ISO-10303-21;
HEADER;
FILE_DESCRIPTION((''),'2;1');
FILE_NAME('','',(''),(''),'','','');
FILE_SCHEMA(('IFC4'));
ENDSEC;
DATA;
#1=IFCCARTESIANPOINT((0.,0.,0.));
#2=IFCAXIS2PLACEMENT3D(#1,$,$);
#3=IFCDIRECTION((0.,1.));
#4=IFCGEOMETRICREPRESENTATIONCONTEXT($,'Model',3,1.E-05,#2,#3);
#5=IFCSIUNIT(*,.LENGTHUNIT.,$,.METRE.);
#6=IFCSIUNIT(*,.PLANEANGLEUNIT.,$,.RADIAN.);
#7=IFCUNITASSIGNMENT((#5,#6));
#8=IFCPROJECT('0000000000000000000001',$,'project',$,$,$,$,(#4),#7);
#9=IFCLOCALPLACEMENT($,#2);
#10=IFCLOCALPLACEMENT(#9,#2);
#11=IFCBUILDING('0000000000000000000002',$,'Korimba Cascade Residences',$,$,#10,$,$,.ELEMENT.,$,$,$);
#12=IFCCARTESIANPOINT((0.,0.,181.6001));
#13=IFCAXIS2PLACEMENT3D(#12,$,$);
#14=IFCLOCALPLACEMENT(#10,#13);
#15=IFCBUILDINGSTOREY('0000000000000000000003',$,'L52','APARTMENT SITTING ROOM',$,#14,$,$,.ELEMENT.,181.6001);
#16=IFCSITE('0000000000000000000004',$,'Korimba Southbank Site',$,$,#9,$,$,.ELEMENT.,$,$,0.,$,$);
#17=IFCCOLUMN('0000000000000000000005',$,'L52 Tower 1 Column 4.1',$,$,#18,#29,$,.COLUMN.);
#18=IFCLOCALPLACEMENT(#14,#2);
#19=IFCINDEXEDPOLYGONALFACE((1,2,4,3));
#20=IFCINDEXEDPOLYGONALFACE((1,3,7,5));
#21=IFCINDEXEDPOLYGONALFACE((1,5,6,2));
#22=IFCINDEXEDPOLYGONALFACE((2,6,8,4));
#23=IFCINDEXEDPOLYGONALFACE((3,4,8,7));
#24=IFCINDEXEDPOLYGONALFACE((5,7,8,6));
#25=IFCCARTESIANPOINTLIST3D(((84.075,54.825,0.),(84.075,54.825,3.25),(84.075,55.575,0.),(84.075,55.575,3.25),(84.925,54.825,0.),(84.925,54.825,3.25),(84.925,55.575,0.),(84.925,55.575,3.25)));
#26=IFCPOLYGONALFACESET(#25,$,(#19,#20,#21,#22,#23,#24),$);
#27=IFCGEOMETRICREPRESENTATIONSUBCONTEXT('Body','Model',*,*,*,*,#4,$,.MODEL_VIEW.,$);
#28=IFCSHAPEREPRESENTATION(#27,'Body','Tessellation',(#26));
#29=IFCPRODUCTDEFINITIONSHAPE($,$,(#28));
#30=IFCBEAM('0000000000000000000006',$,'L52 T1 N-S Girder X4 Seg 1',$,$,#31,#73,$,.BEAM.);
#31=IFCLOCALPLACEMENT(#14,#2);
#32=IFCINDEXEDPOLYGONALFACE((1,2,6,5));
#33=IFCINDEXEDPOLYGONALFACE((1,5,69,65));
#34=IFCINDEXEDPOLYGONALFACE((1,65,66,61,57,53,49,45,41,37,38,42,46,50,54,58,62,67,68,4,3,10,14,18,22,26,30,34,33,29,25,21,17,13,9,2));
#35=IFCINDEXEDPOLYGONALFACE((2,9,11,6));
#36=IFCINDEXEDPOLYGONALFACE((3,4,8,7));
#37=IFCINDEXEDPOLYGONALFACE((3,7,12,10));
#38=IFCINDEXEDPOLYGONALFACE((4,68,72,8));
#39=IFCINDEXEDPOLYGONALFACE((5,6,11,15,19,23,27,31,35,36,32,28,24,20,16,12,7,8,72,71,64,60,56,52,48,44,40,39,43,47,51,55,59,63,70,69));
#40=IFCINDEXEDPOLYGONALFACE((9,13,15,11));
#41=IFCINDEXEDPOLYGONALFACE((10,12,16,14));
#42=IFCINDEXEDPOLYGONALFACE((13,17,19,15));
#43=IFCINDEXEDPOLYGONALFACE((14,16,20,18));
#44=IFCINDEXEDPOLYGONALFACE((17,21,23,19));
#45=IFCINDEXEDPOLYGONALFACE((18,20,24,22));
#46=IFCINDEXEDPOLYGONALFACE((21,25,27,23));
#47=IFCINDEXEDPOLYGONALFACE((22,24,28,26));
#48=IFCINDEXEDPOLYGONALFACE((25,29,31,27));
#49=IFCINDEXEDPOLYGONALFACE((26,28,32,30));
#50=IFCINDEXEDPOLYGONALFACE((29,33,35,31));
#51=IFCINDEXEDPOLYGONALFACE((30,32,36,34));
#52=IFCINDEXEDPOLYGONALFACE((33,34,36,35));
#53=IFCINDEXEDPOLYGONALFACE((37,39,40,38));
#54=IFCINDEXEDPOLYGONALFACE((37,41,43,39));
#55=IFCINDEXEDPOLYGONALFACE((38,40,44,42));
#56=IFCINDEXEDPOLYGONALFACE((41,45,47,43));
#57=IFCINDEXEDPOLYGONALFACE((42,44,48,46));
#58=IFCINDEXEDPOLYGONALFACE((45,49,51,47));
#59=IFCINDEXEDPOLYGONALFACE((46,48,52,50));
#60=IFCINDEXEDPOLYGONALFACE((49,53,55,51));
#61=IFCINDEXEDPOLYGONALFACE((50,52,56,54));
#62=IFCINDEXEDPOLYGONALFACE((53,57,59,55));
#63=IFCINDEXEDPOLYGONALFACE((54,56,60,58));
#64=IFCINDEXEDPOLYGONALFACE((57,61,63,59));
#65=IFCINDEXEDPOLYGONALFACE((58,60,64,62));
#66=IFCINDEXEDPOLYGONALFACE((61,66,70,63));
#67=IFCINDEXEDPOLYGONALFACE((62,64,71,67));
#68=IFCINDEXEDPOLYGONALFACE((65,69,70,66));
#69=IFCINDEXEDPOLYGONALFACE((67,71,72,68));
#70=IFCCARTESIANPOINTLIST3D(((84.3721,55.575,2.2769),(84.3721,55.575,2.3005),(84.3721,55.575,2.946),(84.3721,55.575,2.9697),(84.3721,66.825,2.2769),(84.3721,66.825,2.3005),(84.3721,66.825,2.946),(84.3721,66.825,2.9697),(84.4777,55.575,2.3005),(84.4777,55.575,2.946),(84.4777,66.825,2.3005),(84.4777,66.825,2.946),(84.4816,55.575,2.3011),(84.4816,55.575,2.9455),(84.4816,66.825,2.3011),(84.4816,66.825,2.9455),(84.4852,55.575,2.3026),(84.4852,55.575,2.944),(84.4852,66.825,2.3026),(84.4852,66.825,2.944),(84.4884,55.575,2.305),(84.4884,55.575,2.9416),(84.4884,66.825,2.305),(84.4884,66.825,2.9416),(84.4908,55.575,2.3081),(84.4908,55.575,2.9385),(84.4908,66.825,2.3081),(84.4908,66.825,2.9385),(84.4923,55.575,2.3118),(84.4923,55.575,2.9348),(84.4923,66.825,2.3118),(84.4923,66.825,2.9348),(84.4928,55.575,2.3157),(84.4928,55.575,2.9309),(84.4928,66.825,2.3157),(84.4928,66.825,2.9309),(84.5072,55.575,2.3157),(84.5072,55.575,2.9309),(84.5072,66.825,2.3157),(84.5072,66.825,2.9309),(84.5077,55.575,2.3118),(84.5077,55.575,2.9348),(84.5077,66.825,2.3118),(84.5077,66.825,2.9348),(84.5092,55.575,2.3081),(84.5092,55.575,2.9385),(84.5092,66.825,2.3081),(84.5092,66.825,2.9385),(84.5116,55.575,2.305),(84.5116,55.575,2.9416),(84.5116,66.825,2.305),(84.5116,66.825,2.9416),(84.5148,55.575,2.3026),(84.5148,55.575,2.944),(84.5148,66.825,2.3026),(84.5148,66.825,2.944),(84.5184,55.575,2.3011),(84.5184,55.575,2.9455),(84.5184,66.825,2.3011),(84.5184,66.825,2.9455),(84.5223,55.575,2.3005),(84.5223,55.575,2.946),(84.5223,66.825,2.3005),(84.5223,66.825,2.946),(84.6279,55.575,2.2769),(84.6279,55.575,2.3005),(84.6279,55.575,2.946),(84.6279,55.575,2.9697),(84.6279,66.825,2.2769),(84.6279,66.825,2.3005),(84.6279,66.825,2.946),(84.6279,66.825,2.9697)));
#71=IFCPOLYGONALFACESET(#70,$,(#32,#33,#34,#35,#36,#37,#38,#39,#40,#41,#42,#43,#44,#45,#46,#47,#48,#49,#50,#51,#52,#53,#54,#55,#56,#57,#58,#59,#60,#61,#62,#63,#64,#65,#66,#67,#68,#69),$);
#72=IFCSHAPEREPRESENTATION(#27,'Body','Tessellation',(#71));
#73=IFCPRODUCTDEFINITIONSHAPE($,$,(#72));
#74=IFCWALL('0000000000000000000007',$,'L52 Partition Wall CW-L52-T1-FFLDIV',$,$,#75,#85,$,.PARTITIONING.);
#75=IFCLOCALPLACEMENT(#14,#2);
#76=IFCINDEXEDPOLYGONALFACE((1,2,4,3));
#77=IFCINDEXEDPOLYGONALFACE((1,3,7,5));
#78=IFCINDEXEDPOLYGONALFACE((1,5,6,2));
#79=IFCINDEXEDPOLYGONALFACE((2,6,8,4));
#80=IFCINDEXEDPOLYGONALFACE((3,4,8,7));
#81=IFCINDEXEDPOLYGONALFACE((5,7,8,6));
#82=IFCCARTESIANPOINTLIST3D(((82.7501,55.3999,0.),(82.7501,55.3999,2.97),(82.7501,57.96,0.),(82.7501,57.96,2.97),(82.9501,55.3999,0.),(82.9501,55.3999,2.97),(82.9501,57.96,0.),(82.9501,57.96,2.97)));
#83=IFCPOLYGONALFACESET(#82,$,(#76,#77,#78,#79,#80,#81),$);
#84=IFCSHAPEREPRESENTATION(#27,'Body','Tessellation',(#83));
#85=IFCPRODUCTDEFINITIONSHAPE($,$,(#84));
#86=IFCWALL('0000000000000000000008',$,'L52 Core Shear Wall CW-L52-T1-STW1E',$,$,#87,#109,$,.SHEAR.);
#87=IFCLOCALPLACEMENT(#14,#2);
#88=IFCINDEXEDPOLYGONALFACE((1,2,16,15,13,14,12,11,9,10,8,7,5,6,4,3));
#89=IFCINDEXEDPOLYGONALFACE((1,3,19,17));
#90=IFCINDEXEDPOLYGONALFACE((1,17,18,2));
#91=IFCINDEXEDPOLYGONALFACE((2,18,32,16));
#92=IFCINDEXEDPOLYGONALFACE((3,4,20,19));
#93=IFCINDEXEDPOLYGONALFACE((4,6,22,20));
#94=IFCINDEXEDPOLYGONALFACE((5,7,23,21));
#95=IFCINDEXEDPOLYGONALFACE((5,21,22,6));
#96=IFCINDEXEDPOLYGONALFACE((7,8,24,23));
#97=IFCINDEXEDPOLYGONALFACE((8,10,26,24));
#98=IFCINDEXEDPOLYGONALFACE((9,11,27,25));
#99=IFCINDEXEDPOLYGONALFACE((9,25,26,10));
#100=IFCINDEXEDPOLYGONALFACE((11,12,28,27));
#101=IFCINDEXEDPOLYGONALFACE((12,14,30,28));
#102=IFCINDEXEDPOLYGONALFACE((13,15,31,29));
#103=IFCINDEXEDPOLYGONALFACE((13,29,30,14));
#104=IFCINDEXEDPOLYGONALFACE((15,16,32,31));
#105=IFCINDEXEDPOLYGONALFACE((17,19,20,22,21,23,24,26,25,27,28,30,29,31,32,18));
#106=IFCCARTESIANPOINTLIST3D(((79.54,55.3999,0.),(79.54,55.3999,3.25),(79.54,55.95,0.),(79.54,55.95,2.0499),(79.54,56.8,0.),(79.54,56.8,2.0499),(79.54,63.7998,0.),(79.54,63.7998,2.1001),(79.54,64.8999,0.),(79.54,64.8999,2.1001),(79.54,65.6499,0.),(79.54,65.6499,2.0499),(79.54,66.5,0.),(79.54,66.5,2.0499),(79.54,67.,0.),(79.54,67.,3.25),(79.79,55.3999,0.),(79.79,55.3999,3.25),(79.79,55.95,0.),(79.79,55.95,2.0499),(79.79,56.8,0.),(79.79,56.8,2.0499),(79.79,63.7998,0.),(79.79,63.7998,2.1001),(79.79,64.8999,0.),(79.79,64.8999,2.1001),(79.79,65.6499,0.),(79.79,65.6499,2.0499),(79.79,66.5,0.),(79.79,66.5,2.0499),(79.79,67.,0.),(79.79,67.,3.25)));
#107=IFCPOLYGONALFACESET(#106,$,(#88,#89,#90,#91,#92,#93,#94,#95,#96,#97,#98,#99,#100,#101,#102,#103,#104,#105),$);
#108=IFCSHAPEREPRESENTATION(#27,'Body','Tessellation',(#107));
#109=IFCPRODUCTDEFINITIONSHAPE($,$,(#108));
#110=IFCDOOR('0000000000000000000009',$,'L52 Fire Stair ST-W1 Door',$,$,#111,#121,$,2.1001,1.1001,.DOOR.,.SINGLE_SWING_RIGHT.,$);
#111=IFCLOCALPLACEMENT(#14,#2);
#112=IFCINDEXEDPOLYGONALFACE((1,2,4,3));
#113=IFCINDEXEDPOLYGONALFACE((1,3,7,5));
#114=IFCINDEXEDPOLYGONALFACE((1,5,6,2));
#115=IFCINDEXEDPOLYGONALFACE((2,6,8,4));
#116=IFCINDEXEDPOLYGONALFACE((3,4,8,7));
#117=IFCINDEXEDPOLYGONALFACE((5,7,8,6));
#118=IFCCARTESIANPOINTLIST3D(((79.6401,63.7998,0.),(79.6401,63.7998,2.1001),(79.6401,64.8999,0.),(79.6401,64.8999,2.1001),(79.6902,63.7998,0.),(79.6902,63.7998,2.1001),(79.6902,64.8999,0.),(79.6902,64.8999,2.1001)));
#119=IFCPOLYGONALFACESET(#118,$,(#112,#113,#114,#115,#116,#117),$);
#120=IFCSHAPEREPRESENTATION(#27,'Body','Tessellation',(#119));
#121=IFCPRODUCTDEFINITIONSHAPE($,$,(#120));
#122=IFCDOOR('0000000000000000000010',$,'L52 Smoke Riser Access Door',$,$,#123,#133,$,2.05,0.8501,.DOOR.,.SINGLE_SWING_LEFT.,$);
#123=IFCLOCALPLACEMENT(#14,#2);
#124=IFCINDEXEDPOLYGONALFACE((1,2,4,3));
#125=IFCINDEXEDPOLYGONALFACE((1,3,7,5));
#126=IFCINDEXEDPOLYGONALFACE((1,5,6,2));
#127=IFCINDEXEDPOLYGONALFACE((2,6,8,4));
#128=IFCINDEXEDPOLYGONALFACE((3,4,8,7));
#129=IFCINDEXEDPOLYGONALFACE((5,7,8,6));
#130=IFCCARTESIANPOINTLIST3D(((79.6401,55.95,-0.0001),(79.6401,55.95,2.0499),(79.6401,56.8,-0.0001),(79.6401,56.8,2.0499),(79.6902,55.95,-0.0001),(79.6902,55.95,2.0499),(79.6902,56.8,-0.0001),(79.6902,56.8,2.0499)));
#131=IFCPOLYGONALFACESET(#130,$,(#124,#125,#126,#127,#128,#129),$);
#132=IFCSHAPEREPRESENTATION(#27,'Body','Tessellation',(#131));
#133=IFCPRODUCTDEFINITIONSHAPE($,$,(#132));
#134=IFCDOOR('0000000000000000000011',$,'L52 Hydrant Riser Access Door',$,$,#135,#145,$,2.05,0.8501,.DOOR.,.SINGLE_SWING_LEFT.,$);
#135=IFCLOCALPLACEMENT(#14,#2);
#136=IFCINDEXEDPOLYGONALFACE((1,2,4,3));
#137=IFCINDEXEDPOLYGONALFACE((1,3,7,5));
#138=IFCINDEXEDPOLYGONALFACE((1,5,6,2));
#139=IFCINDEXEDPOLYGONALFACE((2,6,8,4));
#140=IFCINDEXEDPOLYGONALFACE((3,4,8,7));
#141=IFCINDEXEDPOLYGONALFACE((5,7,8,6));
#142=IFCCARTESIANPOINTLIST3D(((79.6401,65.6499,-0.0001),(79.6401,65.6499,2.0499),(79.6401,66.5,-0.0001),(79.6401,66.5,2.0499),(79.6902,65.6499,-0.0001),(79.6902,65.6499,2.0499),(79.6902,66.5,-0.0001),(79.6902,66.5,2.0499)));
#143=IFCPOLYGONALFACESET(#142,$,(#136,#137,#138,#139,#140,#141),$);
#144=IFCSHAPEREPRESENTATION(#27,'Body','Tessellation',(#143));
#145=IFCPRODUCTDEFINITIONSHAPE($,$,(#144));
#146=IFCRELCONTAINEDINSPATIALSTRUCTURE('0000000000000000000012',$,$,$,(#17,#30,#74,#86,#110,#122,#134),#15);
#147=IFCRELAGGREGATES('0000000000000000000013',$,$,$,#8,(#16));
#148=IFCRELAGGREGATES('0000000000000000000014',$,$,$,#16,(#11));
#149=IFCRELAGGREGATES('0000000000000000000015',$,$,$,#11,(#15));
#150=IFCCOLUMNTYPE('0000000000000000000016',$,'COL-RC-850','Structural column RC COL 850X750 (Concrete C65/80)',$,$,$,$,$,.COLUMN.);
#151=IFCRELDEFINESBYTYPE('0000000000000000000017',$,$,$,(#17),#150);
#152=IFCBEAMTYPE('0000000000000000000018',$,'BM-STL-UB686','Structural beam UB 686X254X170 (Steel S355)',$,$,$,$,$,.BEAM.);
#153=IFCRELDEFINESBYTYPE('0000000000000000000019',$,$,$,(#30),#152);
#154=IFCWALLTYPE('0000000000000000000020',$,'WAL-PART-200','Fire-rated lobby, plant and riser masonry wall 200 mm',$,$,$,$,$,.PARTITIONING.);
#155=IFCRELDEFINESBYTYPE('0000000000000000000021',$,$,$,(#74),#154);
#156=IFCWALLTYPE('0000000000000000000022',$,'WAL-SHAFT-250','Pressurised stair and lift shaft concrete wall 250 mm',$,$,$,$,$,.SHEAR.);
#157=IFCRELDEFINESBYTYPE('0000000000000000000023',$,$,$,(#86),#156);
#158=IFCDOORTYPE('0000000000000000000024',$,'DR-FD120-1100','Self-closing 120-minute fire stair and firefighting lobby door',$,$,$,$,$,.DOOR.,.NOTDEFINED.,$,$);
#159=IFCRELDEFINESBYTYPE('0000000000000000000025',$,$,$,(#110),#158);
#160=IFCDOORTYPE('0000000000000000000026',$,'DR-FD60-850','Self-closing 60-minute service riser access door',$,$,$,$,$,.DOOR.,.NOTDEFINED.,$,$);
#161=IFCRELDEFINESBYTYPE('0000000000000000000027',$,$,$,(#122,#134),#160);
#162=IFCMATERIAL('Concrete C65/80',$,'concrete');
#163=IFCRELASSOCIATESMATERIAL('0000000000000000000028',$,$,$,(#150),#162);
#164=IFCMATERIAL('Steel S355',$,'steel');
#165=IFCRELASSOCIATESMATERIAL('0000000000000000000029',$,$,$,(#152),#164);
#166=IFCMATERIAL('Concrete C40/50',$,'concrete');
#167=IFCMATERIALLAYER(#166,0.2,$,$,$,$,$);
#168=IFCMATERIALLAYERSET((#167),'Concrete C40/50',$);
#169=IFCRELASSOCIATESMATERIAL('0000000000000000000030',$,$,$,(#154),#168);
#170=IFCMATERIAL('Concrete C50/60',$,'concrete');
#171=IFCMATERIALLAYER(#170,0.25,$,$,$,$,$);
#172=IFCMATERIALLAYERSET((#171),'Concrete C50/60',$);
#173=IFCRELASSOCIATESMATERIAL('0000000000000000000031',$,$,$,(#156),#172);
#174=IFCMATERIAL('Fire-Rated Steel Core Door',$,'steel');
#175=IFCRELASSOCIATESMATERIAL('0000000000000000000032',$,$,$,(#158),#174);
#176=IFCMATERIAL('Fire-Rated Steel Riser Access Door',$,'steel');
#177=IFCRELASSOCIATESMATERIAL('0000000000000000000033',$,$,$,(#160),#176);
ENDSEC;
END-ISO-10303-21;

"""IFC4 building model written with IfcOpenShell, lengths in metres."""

from ifc_helpers import new_model, si_unit, direction, frame, frame_2d, origin, origin_2d, place, context, subcontext, project, spatial, rectangle, i_section, extrude, material, layer, layer_set, material_profile, profile_set, type_object, element, fill, save


model = new_model("IFC4")

# Units and contexts
model_context = context("Model", 3, precision=1e-05, world=origin(), true_north=direction((0.0, 1.0)))
body_context = subcontext(model_context, "Body", "Model", "MODEL_VIEW")
ifc_project = project(units=[si_unit("LENGTHUNIT", "METRE"), si_unit("PLANEANGLEUNIT", "RADIAN")], contexts=[model_context])

# Site, building, storey
site_placement = place(None, origin())
site = spatial("IfcSite", under=ifc_project, at=site_placement, Name="Korimba Southbank Site", CompositionType="ELEMENT", RefElevation=0.0)
building_placement = place(site_placement, origin())
building = spatial("IfcBuilding", under=site, at=building_placement, Name="Korimba Cascade Residences", CompositionType="ELEMENT")
storey_placement = place(building_placement, frame((0.0, 0.0, 181.6001)))
storey = spatial("IfcBuildingStorey", under=building, at=storey_placement, Name="L52", Description="APARTMENT SITTING ROOM", CompositionType="ELEMENT", Elevation=181.6001)

# Column
ifc_material_1 = material(Name="Concrete C65/80", Category="concrete")
ifc_material_profile_1 = material_profile(ifc_material_1, rectangle(XDim=0.8501, YDim=0.75, at=origin_2d()), Name="Concrete C65/80")
ifc_profile_set_1 = profile_set([ifc_material_profile_1], Name="Concrete C65/80")
column_type = type_object("IfcColumnType", Name="COL-RC-850", Description="Structural column RC COL 850X750 (Concrete C65/80)", PredefinedType="COLUMN", material=ifc_profile_set_1)
column_placement = place(storey_placement, frame((84.5, 55.2, 0.0), z_axis=(0.0, 0.0, 1.0), x_axis=(1.0, 0.0, 0.0)))
element("IfcColumn", 1, at=column_placement, inside=storey, type_object=column_type, Name="L52 Tower 1 Column 4.1", PredefinedType="COLUMN", context=body_context, shape_type="SweptSolid", body=[
    extrude(rectangle(XDim=0.8501, YDim=0.75, at=origin_2d()), origin(), (0.0, 0.0, 1.0), 3.25),
])

# Beam
ifc_material_2 = material(Name="Steel S355", Category="steel")
ifc_material_profile_2 = material_profile(ifc_material_2, i_section(OverallWidth=0.2559, OverallDepth=0.6929, WebThickness=0.0144, FlangeThickness=0.0237, FilletRadius=0.0151, at=origin_2d()), Name="Steel S355")
ifc_profile_set_2 = profile_set([ifc_material_profile_2], Name="Steel S355")
beam_type = type_object("IfcBeamType", Name="BM-STL-UB686", Description="Structural beam UB 686X254X170 (Steel S355)", PredefinedType="BEAM", material=ifc_profile_set_2)
beam_placement = place(storey_placement, frame((84.5, 55.575, 2.6233), z_axis=(0.0, 1.0, 0.0), x_axis=(-1.0, 0.0, 0.0)))
element("IfcBeam", 2, at=beam_placement, inside=storey, type_object=beam_type, Name="L52 T1 N-S Girder X4 Seg 1", PredefinedType="BEAM", context=body_context, shape_type="SweptSolid", body=[
    extrude(i_section(OverallWidth=0.2559, OverallDepth=0.6929, WebThickness=0.0144, FlangeThickness=0.0237, FilletRadius=0.0151, at=origin_2d()), origin(), (0.0, 0.0, 1.0), 11.25),
])

# Wall
ifc_material_3 = material(Name="Concrete C40/50", Category="concrete")
ifc_layer_1 = layer(ifc_material_3, 0.2)
ifc_layer_set_1 = layer_set([ifc_layer_1], Name="Concrete C40/50")
wall_type_1 = type_object("IfcWallType", Name="WAL-PART-200", Description="Fire-rated lobby, plant and riser masonry wall 200 mm", PredefinedType="PARTITIONING", material=ifc_layer_set_1)
wall_1_placement = place(storey_placement, frame((82.8501, 55.3999, 0.0), z_axis=(0.0, 0.0, 1.0), x_axis=(0.0, 1.0, 0.0)))
element("IfcWall", 3, at=wall_1_placement, inside=storey, type_object=wall_type_1, Name="L52 Partition Wall CW-L52-T1-FFLDIV", PredefinedType="PARTITIONING", context=body_context, shape_type="SweptSolid", body=[
    extrude(rectangle(XDim=2.5601, YDim=0.2, at=frame_2d((1.28, 0.0))), origin(), (0.0, 0.0, 1.0), 2.97),
])

# Wall, openings, doors
ifc_material_4 = material(Name="Concrete C50/60", Category="concrete")
ifc_layer_2 = layer(ifc_material_4, 0.25)
ifc_layer_set_2 = layer_set([ifc_layer_2], Name="Concrete C50/60")
wall_type_2 = type_object("IfcWallType", Name="WAL-SHAFT-250", Description="Pressurised stair and lift shaft concrete wall 250 mm", PredefinedType="SHEAR", material=ifc_layer_set_2)
wall_2_placement = place(storey_placement, frame((79.665, 55.3999, 0.0), z_axis=(0.0, 0.0, 1.0), x_axis=(0.0, 1.0, 0.0)))
wall_2 = element("IfcWall", 4, at=wall_2_placement, inside=storey, type_object=wall_type_2, Name="L52 Core Shear Wall CW-L52-T1-STW1E", PredefinedType="SHEAR", context=body_context, shape_type="SweptSolid", body=[
    extrude(rectangle(XDim=11.6001, YDim=0.25, at=frame_2d((5.8, 0.0))), origin(), (0.0, 0.0, 1.0), 3.25),
])
opening_1_placement = place(wall_2_placement, frame((0.55, 0.0, 0.0)))
opening_1 = element("IfcOpeningElement", 5, at=opening_1_placement, cuts=wall_2, PredefinedType="OPENING", context=body_context, shape_type="SweptSolid", body=[
    extrude(rectangle(XDim=0.8501, YDim=2.05, at=frame_2d((0.425, 1.0249))), frame((0.0, 0.135, 0.0), z_axis=(0.0, -1.0, 0.0), x_axis=(1.0, 0.0, 0.0)), (0.0, 0.0, 1.0), 0.27),
])
opening_2_placement = place(wall_2_placement, frame((8.3999, 0.0, 0.0)))
opening_2 = element("IfcOpeningElement", 6, at=opening_2_placement, cuts=wall_2, PredefinedType="OPENING", context=body_context, shape_type="SweptSolid", body=[
    extrude(rectangle(XDim=1.1001, YDim=2.1001, at=frame_2d((0.55, 1.05))), frame((0.0, 0.135, 0.0), z_axis=(0.0, -1.0, 0.0), x_axis=(1.0, 0.0, 0.0)), (0.0, 0.0, 1.0), 0.27),
])
opening_3_placement = place(wall_2_placement, frame((10.25, 0.0, 0.0)))
opening_3 = element("IfcOpeningElement", 7, at=opening_3_placement, cuts=wall_2, PredefinedType="OPENING", context=body_context, shape_type="SweptSolid", body=[
    extrude(rectangle(XDim=0.8501, YDim=2.05, at=frame_2d((0.425, 1.0249))), frame((0.0, 0.135, 0.0), z_axis=(0.0, -1.0, 0.0), x_axis=(1.0, 0.0, 0.0)), (0.0, 0.0, 1.0), 0.27),
])
ifc_material_5 = material(Name="Fire-Rated Steel Core Door", Category="steel")
door_type_1 = type_object("IfcDoorType", Name="DR-FD120-1100", Description="Self-closing 120-minute fire stair and firefighting lobby door", OperationType="NOTDEFINED", PredefinedType="DOOR", material=ifc_material_5)
door_1_placement = place(opening_2_placement, origin())
door_1 = element("IfcDoor", 8, at=door_1_placement, inside=storey, type_object=door_type_1, Name="L52 Fire Stair ST-W1 Door", OperationType="SINGLE_SWING_RIGHT", OverallHeight=2.1001, OverallWidth=1.1001, PredefinedType="DOOR", context=body_context, shape_type="SweptSolid", body=[
    extrude(rectangle(XDim=1.1001, YDim=2.1001, at=frame_2d((0.55, 1.05))), frame((0.0, 0.0249, 0.0), z_axis=(0.0, -1.0, 0.0), x_axis=(1.0, 0.0, 0.0)), (0.0, 0.0, 1.0), 0.05),
])
fill(opening_2, door_1)
ifc_material_6 = material(Name="Fire-Rated Steel Riser Access Door", Category="steel")
door_type_2 = type_object("IfcDoorType", Name="DR-FD60-850", Description="Self-closing 60-minute service riser access door", OperationType="NOTDEFINED", PredefinedType="DOOR", material=ifc_material_6)
door_2_placement = place(opening_1_placement, origin())
door_2 = element("IfcDoor", 9, at=door_2_placement, inside=storey, type_object=door_type_2, Name="L52 Smoke Riser Access Door", OperationType="SINGLE_SWING_LEFT", OverallHeight=2.05, OverallWidth=0.8501, PredefinedType="DOOR", context=body_context, shape_type="SweptSolid", body=[
    extrude(rectangle(XDim=0.8501, YDim=2.05, at=frame_2d((0.425, 1.0249))), frame((0.0, 0.0249, 0.0), z_axis=(0.0, -1.0, 0.0), x_axis=(1.0, 0.0, 0.0)), (0.0, 0.0, 1.0), 0.05),
])
fill(opening_1, door_2)
door_3_placement = place(opening_3_placement, origin())
door_3 = element("IfcDoor", 10, at=door_3_placement, inside=storey, type_object=door_type_2, Name="L52 Hydrant Riser Access Door", OperationType="SINGLE_SWING_LEFT", OverallHeight=2.05, OverallWidth=0.8501, PredefinedType="DOOR", context=body_context, shape_type="SweptSolid", body=[
    extrude(rectangle(XDim=0.8501, YDim=2.05, at=frame_2d((0.425, 1.0249))), frame((0.0, 0.0249, 0.0), z_axis=(0.0, -1.0, 0.0), x_axis=(1.0, 0.0, 0.0)), (0.0, 0.0, 1.0), 0.05),
])
fill(opening_3, door_3)

save(model, "model.ifc")
